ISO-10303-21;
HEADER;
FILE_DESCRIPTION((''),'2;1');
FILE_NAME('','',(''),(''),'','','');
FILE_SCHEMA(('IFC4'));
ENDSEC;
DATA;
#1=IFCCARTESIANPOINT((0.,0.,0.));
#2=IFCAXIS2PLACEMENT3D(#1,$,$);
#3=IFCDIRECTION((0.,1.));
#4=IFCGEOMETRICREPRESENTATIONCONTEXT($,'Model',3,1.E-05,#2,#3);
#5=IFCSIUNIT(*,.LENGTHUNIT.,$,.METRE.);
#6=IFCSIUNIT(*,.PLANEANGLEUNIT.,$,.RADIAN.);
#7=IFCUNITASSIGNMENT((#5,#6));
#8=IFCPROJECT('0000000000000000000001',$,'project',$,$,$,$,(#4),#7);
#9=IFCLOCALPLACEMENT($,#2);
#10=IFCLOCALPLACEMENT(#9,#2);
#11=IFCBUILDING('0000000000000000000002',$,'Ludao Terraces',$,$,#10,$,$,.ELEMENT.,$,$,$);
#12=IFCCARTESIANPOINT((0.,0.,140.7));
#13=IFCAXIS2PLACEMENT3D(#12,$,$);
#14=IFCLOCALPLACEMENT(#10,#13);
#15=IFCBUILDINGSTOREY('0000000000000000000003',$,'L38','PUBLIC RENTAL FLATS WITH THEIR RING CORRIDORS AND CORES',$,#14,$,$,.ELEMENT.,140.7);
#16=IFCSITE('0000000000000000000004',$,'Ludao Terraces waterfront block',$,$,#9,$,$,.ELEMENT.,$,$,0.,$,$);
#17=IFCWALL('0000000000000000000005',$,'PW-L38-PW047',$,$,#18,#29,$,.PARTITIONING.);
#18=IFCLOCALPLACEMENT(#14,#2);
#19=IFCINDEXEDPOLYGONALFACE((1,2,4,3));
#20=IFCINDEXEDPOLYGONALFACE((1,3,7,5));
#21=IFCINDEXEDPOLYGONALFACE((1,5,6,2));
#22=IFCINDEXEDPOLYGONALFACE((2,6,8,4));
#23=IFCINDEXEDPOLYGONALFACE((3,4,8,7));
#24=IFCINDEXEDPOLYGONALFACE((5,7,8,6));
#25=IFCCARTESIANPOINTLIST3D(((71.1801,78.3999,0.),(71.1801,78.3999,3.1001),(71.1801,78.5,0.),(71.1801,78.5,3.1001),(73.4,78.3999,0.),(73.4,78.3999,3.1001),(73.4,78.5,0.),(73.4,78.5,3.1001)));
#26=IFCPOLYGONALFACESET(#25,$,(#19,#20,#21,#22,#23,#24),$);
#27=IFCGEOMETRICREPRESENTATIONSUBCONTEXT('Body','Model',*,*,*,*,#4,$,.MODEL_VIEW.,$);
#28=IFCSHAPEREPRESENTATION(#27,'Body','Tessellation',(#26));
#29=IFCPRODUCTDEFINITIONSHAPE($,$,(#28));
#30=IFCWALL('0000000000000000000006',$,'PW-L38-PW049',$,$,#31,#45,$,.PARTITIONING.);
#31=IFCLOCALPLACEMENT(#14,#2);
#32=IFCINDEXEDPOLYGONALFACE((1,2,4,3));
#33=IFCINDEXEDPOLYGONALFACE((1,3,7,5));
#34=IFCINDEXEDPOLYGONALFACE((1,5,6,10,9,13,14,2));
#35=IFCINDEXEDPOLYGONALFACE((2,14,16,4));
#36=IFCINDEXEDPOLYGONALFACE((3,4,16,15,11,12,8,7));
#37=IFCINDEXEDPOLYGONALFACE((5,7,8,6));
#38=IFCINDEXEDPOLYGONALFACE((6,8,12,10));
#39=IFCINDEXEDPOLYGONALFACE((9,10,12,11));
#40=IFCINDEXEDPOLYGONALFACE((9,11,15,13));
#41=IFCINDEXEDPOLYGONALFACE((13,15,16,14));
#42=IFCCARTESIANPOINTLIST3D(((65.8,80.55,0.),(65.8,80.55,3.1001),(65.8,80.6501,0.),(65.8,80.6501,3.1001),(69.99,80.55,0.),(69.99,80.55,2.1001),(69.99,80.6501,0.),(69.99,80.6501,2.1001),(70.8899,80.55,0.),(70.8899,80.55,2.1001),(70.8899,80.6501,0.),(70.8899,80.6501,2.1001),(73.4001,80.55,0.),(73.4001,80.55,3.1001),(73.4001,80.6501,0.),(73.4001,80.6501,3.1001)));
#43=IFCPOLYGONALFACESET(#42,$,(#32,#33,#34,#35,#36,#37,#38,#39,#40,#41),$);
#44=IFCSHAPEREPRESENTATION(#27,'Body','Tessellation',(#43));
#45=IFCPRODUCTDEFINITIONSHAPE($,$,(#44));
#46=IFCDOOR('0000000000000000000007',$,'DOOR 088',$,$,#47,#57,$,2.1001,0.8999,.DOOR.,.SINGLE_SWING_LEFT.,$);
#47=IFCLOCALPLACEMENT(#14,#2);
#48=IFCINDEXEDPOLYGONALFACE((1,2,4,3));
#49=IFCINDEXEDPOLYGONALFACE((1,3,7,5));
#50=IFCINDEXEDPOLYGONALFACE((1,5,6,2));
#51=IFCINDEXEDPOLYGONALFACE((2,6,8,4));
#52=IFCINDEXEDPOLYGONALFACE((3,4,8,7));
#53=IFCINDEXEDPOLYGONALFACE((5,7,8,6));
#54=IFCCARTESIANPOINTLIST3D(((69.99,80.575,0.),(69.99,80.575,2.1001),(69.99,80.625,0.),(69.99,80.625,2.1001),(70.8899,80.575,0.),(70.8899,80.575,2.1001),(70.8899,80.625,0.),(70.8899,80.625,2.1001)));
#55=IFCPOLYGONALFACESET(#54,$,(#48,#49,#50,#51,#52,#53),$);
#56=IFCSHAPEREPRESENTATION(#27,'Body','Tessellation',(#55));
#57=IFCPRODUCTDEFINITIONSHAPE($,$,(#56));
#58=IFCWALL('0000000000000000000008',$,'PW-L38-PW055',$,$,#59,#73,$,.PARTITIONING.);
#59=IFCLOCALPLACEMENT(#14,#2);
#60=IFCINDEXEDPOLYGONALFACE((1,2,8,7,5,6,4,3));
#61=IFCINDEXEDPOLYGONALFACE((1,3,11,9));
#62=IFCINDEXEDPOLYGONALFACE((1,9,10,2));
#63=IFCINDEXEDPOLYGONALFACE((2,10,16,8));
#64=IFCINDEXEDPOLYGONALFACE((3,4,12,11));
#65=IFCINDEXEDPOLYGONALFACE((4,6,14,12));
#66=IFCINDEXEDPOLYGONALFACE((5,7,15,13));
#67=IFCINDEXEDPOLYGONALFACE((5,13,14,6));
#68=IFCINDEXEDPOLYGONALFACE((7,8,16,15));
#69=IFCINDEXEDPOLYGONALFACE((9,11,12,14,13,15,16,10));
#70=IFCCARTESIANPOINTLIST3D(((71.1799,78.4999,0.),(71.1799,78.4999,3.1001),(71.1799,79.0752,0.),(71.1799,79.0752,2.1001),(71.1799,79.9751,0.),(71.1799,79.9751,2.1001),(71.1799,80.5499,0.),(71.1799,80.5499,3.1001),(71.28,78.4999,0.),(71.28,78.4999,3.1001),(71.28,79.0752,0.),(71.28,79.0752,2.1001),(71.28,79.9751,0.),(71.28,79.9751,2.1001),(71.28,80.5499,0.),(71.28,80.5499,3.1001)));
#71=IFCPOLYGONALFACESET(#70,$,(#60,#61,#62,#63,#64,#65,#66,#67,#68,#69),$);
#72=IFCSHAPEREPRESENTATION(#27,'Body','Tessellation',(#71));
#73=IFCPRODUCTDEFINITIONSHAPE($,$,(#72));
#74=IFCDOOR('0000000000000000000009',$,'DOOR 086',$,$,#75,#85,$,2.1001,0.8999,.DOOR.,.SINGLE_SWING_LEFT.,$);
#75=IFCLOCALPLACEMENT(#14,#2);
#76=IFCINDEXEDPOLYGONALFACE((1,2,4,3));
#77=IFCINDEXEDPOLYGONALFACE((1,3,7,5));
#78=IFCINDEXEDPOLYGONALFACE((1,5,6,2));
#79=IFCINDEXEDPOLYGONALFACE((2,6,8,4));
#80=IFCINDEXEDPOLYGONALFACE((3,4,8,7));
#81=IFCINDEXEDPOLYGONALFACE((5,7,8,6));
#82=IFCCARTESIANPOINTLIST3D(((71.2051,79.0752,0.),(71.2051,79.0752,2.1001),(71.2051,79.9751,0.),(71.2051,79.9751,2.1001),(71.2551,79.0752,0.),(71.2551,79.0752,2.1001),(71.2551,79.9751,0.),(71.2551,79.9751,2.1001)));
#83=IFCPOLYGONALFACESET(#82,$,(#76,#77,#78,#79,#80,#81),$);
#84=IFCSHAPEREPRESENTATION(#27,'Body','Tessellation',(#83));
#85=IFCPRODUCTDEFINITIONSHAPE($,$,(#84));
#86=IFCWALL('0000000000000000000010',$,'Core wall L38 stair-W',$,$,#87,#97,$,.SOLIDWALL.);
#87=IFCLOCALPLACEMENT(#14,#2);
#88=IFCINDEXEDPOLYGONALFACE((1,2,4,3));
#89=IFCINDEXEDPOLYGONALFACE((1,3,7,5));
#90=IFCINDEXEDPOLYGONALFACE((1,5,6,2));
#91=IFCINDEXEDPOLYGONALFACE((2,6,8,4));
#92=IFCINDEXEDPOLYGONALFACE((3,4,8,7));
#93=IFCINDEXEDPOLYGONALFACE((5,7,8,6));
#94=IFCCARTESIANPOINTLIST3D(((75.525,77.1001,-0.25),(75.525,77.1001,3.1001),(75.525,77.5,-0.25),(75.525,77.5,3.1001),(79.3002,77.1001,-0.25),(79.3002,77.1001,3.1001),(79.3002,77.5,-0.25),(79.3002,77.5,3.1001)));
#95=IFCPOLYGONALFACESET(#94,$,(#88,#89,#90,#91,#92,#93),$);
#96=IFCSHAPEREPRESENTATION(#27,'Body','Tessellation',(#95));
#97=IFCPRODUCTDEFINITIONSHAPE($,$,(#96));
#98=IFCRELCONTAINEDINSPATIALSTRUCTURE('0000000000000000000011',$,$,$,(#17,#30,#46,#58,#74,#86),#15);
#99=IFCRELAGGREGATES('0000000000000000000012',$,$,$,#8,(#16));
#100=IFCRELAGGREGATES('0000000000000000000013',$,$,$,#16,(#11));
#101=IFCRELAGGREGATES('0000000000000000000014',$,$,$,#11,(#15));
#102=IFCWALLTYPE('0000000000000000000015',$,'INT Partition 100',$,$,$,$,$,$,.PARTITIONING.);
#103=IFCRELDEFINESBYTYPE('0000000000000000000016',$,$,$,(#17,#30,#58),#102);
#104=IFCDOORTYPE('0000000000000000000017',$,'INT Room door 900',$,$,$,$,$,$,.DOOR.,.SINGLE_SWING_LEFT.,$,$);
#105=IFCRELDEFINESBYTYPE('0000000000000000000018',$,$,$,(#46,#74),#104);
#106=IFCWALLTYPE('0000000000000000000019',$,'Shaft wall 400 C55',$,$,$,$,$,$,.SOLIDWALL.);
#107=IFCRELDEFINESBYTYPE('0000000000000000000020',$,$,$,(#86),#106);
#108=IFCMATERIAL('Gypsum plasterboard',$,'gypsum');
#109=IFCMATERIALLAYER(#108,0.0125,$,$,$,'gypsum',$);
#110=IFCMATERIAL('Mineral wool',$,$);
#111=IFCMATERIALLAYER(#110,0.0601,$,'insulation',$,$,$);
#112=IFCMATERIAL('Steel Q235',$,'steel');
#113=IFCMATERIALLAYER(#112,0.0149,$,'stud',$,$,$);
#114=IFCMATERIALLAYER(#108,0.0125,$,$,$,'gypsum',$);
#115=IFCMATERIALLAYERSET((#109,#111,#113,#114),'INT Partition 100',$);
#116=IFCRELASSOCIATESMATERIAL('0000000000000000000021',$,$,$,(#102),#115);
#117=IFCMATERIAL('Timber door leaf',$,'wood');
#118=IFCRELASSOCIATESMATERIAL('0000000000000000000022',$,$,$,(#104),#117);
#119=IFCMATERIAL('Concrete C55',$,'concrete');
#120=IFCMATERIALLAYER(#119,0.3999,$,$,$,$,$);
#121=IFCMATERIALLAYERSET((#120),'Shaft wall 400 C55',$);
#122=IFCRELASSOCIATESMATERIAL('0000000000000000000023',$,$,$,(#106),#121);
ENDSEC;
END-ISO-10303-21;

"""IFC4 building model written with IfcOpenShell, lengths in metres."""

from ifc_helpers import new_model, si_unit, direction, frame, frame_2d, origin, place, context, subcontext, project, spatial, rectangle, extrude, material, layer, layer_set, type_object, element, fill, save


model = new_model("IFC4")

# Units and contexts
model_context = context("Model", 3, precision=1e-05, world=origin(), true_north=direction((0.0, 1.0)))
body_context = subcontext(model_context, "Body", "Model", "MODEL_VIEW")
ifc_project = project(units=[si_unit("LENGTHUNIT", "METRE"), si_unit("PLANEANGLEUNIT", "RADIAN")], contexts=[model_context])

# Site, building, storey
site_placement = place(None, origin())
site = spatial("IfcSite", under=ifc_project, at=site_placement, Name="Ludao Terraces waterfront block", CompositionType="ELEMENT", RefElevation=0.0)
building_placement = place(site_placement, origin())
building = spatial("IfcBuilding", under=site, at=building_placement, Name="Ludao Terraces", CompositionType="ELEMENT")
storey_placement = place(building_placement, frame((0.0, 0.0, 140.7)))
storey = spatial("IfcBuildingStorey", under=building, at=storey_placement, Name="L38", Description="PUBLIC RENTAL FLATS WITH THEIR RING CORRIDORS AND CORES", CompositionType="ELEMENT", Elevation=140.7)

# Shared definitions
ifc_material_1 = material(Name="Steel Q235", Category="steel")

# Shared definitions
ifc_material_2 = material(Name="Mineral wool")

# Wall
ifc_material_3 = material(Name="Gypsum plasterboard", Category="gypsum")
ifc_layer_1 = layer(ifc_material_3, 0.0125, Category="gypsum")
ifc_layer_2 = layer(ifc_material_2, 0.0601, Name="insulation")
ifc_layer_3 = layer(ifc_material_1, 0.0149, Name="stud")
ifc_layer_4 = layer(ifc_material_3, 0.0125, Category="gypsum")
ifc_layer_set_1 = layer_set([ifc_layer_1, ifc_layer_2, ifc_layer_3, ifc_layer_4], Name="INT Partition 100")
wall_type_1 = type_object("IfcWallType", Name="INT Partition 100", PredefinedType="PARTITIONING", material=ifc_layer_set_1)
for number, where, z_axis, x_axis, name in (
    (1, (71.1802, 78.45, 0.0), (0.0, 0.0, 1.0), (1.0, 0.0, 0.0), "PW-L38-PW047"),
):
    element("IfcWall", number, at=place(storey_placement, frame(where, z_axis=z_axis, x_axis=x_axis)), inside=storey, type_object=wall_type_1, Name=name, PredefinedType="PARTITIONING", context=body_context, shape_type="SweptSolid", body=[
        extrude(rectangle(XDim=2.22, YDim=0.1001, at=frame_2d((1.1099, 0.0))), origin(), (0.0, 0.0, 1.0), 3.1001),
    ])

# Walls, openings, doors
wall_1_placement = place(storey_placement, frame((65.8, 80.6001, 0.0), z_axis=(0.0, 0.0, 1.0), x_axis=(1.0, 0.0, 0.0)))
wall_1 = element("IfcWall", 2, at=wall_1_placement, inside=storey, type_object=wall_type_1, Name="PW-L38-PW049", PredefinedType="PARTITIONING", context=body_context, shape_type="SweptSolid", body=[
    extrude(rectangle(XDim=7.6001, YDim=0.1001, at=frame_2d((3.8, 0.0))), origin(), (0.0, 0.0, 1.0), 3.1001),
])
opening_1_placement = place(wall_1_placement, frame((4.1899, 0.0, 0.0)))
opening_1 = element("IfcOpeningElement", 3, at=opening_1_placement, cuts=wall_1, PredefinedType="OPENING", context=body_context, shape_type="SweptSolid", body=[
    extrude(rectangle(XDim=0.8999, YDim=2.1001, at=frame_2d((0.45, 1.05))), frame((0.0, 0.0601, 0.0), z_axis=(0.0, -1.0, 0.0), x_axis=(1.0, 0.0, 0.0)), (0.0, 0.0, 1.0), 0.1201),
])
ifc_material_4 = material(Name="Timber door leaf", Category="wood")
door_type_1 = type_object("IfcDoorType", Name="INT Room door 900", OperationType="SINGLE_SWING_LEFT", PredefinedType="DOOR", material=ifc_material_4)
door_1_placement = place(opening_1_placement, origin())
door_1 = element("IfcDoor", 4, at=door_1_placement, inside=storey, type_object=door_type_1, Name="DOOR 088", OperationType="SINGLE_SWING_LEFT", OverallHeight=2.1001, OverallWidth=0.8999, PredefinedType="DOOR", context=body_context, shape_type="SweptSolid", body=[
    extrude(rectangle(XDim=0.8999, YDim=2.1001, at=frame_2d((0.45, 1.05))), frame((0.0, 0.0249, 0.0), z_axis=(0.0, -1.0, 0.0), x_axis=(1.0, 0.0, 0.0)), (0.0, 0.0, 1.0), 0.05),
])
fill(opening_1, door_1)
wall_2_placement = place(storey_placement, frame((71.23, 78.5, 0.0), z_axis=(0.0, 0.0, 1.0), x_axis=(0.0, 1.0, 0.0)))
wall_2 = element("IfcWall", 5, at=wall_2_placement, inside=storey, type_object=wall_type_1, Name="PW-L38-PW055", PredefinedType="PARTITIONING", context=body_context, shape_type="SweptSolid", body=[
    extrude(rectangle(XDim=2.05, YDim=0.1001, at=frame_2d((1.0249, 0.0))), origin(), (0.0, 0.0, 1.0), 3.1001),
])
opening_2_placement = place(wall_2_placement, frame((0.5752, 0.0, 0.0)))
opening_2 = element("IfcOpeningElement", 6, at=opening_2_placement, cuts=wall_2, PredefinedType="OPENING", context=body_context, shape_type="SweptSolid", body=[
    extrude(rectangle(XDim=0.8999, YDim=2.1001, at=frame_2d((0.45, 1.05))), frame((0.0, 0.0601, 0.0), z_axis=(0.0, -1.0, 0.0), x_axis=(1.0, 0.0, 0.0)), (0.0, 0.0, 1.0), 0.1201),
])
door_2_placement = place(opening_2_placement, origin())
door_2 = element("IfcDoor", 7, at=door_2_placement, inside=storey, type_object=door_type_1, Name="DOOR 086", OperationType="SINGLE_SWING_LEFT", OverallHeight=2.1001, OverallWidth=0.8999, PredefinedType="DOOR", context=body_context, shape_type="SweptSolid", body=[
    extrude(rectangle(XDim=0.8999, YDim=2.1001, at=frame_2d((0.45, 1.05))), frame((0.0, 0.0249, 0.0), z_axis=(0.0, -1.0, 0.0), x_axis=(1.0, 0.0, 0.0)), (0.0, 0.0, 1.0), 0.05),
])
fill(opening_2, door_2)

# Wall
ifc_material_5 = material(Name="Concrete C55", Category="concrete")
ifc_layer_5 = layer(ifc_material_5, 0.3999)
ifc_layer_set_2 = layer_set([ifc_layer_5], Name="Shaft wall 400 C55")
wall_type_2 = type_object("IfcWallType", Name="Shaft wall 400 C55", PredefinedType="SOLIDWALL", material=ifc_layer_set_2)
wall_3_placement = place(storey_placement, frame((75.5249, 77.3, -0.25), z_axis=(0.0, 0.0, 1.0), x_axis=(1.0, 0.0, 0.0)))
element("IfcWall", 8, at=wall_3_placement, inside=storey, type_object=wall_type_2, Name="Core wall L38 stair-W", PredefinedType="SOLIDWALL", context=body_context, shape_type="SweptSolid", body=[
    extrude(rectangle(XDim=3.7751, YDim=0.3999, at=frame_2d((1.8877, 0.0))), origin(), (0.0, 0.0, 1.0), 3.3501),
])

save(model, "model.ifc")
